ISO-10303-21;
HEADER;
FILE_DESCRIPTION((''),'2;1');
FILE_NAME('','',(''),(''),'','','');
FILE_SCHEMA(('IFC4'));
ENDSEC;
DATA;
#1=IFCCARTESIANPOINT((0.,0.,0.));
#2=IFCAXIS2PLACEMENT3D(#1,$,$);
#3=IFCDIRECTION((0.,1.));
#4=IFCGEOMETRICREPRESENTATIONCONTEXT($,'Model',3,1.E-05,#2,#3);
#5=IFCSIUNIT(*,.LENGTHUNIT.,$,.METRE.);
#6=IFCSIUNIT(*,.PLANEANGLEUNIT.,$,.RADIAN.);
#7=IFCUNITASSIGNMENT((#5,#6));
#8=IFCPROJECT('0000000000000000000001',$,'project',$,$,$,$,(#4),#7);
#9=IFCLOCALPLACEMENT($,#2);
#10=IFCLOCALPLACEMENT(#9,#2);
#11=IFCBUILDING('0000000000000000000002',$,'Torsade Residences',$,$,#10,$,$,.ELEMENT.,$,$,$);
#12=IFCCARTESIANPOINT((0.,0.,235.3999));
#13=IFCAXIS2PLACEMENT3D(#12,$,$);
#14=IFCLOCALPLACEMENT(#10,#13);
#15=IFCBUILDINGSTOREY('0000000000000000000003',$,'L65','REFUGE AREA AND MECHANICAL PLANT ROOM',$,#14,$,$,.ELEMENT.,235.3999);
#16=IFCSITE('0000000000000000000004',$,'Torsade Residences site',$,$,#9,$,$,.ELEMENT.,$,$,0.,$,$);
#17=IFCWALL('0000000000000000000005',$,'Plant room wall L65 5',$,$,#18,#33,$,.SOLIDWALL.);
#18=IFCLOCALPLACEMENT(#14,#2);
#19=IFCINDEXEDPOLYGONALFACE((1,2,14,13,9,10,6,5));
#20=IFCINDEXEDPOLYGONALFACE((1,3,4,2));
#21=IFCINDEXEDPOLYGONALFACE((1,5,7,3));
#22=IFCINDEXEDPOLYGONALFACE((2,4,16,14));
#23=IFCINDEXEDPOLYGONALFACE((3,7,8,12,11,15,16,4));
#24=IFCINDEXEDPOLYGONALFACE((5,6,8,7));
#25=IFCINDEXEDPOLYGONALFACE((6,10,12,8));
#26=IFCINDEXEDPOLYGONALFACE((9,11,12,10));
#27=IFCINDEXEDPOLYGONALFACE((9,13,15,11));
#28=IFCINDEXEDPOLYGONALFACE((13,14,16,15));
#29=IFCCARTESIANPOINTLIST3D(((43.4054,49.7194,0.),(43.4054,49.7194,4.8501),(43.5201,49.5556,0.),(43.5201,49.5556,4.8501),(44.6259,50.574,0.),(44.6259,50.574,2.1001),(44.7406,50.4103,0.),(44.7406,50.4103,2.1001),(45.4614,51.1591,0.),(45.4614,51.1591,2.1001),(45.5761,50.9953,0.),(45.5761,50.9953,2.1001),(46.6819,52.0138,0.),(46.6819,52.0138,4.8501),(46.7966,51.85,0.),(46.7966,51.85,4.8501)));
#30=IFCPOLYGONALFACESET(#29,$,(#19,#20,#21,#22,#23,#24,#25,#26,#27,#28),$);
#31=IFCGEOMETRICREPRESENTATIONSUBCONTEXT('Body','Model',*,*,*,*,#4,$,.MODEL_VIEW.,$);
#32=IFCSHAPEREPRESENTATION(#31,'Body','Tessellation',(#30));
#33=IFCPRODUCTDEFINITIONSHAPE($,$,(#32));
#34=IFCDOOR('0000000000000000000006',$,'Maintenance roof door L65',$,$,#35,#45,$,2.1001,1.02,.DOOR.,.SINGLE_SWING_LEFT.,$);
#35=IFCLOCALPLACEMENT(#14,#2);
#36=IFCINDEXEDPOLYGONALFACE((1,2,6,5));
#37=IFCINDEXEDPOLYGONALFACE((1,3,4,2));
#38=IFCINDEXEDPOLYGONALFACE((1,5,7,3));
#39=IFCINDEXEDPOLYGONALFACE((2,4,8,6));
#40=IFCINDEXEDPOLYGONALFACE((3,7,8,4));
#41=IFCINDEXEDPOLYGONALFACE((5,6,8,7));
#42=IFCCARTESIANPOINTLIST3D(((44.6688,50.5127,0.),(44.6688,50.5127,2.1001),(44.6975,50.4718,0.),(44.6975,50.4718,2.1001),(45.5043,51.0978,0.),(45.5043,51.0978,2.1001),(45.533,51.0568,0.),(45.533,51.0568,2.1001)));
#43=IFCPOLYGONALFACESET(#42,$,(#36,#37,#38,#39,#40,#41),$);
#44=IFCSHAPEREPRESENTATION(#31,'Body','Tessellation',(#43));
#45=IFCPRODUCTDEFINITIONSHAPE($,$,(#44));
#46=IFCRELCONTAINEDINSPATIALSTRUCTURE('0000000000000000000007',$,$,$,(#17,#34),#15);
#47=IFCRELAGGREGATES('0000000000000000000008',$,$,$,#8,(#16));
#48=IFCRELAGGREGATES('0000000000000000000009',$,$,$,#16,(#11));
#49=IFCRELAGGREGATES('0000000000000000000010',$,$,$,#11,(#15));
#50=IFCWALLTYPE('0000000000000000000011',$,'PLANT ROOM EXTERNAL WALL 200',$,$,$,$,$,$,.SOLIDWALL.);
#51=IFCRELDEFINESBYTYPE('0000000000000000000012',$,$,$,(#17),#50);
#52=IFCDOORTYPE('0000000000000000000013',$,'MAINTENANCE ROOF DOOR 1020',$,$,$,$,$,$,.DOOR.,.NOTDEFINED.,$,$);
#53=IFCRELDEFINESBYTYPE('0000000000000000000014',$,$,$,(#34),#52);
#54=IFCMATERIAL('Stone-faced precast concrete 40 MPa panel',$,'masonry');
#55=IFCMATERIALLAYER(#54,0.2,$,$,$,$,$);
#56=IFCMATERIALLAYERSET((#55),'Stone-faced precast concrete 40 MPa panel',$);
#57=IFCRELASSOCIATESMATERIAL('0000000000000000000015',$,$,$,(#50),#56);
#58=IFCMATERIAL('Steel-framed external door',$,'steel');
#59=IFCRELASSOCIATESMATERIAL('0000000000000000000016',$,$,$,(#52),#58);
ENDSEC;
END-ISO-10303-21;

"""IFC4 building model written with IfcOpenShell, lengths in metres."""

from ifc_helpers import new_model, si_unit, direction, frame, frame_2d, origin, place, context, subcontext, project, spatial, rectangle, extrude, material, layer, layer_set, type_object, element, fill, save


model = new_model("IFC4")

# Units and contexts
model_context = context("Model", 3, precision=1e-05, world=origin(), true_north=direction((0.0, 1.0)))
body_context = subcontext(model_context, "Body", "Model", "MODEL_VIEW")
ifc_project = project(units=[si_unit("LENGTHUNIT", "METRE"), si_unit("PLANEANGLEUNIT", "RADIAN")], contexts=[model_context])

# Site, building, storey
site_placement = place(None, origin())
site = spatial("IfcSite", under=ifc_project, at=site_placement, Name="Torsade Residences site", CompositionType="ELEMENT", RefElevation=0.0)
building_placement = place(site_placement, origin())
building = spatial("IfcBuilding", under=site, at=building_placement, Name="Torsade Residences", CompositionType="ELEMENT")
storey_placement = place(building_placement, frame((0.0, 0.0, 235.3999)))
storey = spatial("IfcBuildingStorey", under=building, at=storey_placement, Name="L65", Description="REFUGE AREA AND MECHANICAL PLANT ROOM", CompositionType="ELEMENT", Elevation=235.3999)

# Wall, opening, door
ifc_material_1 = material(Name="Stone-faced precast concrete 40 MPa panel", Category="masonry")
ifc_layer_1 = layer(ifc_material_1, 0.2)
ifc_layer_set_1 = layer_set([ifc_layer_1], Name="Stone-faced precast concrete 40 MPa panel")
wall_type = type_object("IfcWallType", Name="PLANT ROOM EXTERNAL WALL 200", PredefinedType="SOLIDWALL", material=ifc_layer_set_1)
wall_placement = place(storey_placement, frame((46.7393, 51.9319, 0.0), z_axis=(0.0, 0.0, 1.0), x_axis=(-0.819137, -0.573598, 0.0)))
wall = element("IfcWall", 1, at=wall_placement, inside=storey, type_object=wall_type, Name="Plant room wall L65 5", PredefinedType="SOLIDWALL", context=body_context, shape_type="SweptSolid", body=[
    extrude(rectangle(XDim=4.0, YDim=0.2, at=frame_2d((2.0, 0.0))), origin(), (0.0, 0.0, 1.0), 4.8501),
])
opening_placement = place(wall_placement, frame((1.49, 0.0, 0.0)))
opening = element("IfcOpeningElement", 2, at=opening_placement, cuts=wall, PredefinedType="OPENING", context=body_context, shape_type="SweptSolid", body=[
    extrude(rectangle(XDim=1.02, YDim=2.1001, at=frame_2d((0.51, 1.05))), frame((0.0, 0.1099, 0.0), z_axis=(0.0, -1.0, 0.0), x_axis=(1.0, 0.0, 0.0)), (0.0, 0.0, 1.0), 0.22),
])
ifc_material_2 = material(Name="Steel-framed external door", Category="steel")
door_type = type_object("IfcDoorType", Name="MAINTENANCE ROOF DOOR 1020", OperationType="NOTDEFINED", PredefinedType="DOOR", material=ifc_material_2)
door_placement = place(opening_placement, origin())
door = element("IfcDoor", 3, at=door_placement, inside=storey, type_object=door_type, Name="Maintenance roof door L65", OperationType="SINGLE_SWING_LEFT", OverallHeight=2.1001, OverallWidth=1.02, PredefinedType="DOOR", context=body_context, shape_type="SweptSolid", body=[
    extrude(rectangle(XDim=1.02, YDim=2.1001, at=frame_2d((0.51, 1.05))), frame((0.0, 0.0249, 0.0), z_axis=(0.0, -1.0, 0.0), x_axis=(1.0, 0.0, 0.0)), (0.0, 0.0, 1.0), 0.05),
])
fill(opening, door)

save(model, "model.ifc")
